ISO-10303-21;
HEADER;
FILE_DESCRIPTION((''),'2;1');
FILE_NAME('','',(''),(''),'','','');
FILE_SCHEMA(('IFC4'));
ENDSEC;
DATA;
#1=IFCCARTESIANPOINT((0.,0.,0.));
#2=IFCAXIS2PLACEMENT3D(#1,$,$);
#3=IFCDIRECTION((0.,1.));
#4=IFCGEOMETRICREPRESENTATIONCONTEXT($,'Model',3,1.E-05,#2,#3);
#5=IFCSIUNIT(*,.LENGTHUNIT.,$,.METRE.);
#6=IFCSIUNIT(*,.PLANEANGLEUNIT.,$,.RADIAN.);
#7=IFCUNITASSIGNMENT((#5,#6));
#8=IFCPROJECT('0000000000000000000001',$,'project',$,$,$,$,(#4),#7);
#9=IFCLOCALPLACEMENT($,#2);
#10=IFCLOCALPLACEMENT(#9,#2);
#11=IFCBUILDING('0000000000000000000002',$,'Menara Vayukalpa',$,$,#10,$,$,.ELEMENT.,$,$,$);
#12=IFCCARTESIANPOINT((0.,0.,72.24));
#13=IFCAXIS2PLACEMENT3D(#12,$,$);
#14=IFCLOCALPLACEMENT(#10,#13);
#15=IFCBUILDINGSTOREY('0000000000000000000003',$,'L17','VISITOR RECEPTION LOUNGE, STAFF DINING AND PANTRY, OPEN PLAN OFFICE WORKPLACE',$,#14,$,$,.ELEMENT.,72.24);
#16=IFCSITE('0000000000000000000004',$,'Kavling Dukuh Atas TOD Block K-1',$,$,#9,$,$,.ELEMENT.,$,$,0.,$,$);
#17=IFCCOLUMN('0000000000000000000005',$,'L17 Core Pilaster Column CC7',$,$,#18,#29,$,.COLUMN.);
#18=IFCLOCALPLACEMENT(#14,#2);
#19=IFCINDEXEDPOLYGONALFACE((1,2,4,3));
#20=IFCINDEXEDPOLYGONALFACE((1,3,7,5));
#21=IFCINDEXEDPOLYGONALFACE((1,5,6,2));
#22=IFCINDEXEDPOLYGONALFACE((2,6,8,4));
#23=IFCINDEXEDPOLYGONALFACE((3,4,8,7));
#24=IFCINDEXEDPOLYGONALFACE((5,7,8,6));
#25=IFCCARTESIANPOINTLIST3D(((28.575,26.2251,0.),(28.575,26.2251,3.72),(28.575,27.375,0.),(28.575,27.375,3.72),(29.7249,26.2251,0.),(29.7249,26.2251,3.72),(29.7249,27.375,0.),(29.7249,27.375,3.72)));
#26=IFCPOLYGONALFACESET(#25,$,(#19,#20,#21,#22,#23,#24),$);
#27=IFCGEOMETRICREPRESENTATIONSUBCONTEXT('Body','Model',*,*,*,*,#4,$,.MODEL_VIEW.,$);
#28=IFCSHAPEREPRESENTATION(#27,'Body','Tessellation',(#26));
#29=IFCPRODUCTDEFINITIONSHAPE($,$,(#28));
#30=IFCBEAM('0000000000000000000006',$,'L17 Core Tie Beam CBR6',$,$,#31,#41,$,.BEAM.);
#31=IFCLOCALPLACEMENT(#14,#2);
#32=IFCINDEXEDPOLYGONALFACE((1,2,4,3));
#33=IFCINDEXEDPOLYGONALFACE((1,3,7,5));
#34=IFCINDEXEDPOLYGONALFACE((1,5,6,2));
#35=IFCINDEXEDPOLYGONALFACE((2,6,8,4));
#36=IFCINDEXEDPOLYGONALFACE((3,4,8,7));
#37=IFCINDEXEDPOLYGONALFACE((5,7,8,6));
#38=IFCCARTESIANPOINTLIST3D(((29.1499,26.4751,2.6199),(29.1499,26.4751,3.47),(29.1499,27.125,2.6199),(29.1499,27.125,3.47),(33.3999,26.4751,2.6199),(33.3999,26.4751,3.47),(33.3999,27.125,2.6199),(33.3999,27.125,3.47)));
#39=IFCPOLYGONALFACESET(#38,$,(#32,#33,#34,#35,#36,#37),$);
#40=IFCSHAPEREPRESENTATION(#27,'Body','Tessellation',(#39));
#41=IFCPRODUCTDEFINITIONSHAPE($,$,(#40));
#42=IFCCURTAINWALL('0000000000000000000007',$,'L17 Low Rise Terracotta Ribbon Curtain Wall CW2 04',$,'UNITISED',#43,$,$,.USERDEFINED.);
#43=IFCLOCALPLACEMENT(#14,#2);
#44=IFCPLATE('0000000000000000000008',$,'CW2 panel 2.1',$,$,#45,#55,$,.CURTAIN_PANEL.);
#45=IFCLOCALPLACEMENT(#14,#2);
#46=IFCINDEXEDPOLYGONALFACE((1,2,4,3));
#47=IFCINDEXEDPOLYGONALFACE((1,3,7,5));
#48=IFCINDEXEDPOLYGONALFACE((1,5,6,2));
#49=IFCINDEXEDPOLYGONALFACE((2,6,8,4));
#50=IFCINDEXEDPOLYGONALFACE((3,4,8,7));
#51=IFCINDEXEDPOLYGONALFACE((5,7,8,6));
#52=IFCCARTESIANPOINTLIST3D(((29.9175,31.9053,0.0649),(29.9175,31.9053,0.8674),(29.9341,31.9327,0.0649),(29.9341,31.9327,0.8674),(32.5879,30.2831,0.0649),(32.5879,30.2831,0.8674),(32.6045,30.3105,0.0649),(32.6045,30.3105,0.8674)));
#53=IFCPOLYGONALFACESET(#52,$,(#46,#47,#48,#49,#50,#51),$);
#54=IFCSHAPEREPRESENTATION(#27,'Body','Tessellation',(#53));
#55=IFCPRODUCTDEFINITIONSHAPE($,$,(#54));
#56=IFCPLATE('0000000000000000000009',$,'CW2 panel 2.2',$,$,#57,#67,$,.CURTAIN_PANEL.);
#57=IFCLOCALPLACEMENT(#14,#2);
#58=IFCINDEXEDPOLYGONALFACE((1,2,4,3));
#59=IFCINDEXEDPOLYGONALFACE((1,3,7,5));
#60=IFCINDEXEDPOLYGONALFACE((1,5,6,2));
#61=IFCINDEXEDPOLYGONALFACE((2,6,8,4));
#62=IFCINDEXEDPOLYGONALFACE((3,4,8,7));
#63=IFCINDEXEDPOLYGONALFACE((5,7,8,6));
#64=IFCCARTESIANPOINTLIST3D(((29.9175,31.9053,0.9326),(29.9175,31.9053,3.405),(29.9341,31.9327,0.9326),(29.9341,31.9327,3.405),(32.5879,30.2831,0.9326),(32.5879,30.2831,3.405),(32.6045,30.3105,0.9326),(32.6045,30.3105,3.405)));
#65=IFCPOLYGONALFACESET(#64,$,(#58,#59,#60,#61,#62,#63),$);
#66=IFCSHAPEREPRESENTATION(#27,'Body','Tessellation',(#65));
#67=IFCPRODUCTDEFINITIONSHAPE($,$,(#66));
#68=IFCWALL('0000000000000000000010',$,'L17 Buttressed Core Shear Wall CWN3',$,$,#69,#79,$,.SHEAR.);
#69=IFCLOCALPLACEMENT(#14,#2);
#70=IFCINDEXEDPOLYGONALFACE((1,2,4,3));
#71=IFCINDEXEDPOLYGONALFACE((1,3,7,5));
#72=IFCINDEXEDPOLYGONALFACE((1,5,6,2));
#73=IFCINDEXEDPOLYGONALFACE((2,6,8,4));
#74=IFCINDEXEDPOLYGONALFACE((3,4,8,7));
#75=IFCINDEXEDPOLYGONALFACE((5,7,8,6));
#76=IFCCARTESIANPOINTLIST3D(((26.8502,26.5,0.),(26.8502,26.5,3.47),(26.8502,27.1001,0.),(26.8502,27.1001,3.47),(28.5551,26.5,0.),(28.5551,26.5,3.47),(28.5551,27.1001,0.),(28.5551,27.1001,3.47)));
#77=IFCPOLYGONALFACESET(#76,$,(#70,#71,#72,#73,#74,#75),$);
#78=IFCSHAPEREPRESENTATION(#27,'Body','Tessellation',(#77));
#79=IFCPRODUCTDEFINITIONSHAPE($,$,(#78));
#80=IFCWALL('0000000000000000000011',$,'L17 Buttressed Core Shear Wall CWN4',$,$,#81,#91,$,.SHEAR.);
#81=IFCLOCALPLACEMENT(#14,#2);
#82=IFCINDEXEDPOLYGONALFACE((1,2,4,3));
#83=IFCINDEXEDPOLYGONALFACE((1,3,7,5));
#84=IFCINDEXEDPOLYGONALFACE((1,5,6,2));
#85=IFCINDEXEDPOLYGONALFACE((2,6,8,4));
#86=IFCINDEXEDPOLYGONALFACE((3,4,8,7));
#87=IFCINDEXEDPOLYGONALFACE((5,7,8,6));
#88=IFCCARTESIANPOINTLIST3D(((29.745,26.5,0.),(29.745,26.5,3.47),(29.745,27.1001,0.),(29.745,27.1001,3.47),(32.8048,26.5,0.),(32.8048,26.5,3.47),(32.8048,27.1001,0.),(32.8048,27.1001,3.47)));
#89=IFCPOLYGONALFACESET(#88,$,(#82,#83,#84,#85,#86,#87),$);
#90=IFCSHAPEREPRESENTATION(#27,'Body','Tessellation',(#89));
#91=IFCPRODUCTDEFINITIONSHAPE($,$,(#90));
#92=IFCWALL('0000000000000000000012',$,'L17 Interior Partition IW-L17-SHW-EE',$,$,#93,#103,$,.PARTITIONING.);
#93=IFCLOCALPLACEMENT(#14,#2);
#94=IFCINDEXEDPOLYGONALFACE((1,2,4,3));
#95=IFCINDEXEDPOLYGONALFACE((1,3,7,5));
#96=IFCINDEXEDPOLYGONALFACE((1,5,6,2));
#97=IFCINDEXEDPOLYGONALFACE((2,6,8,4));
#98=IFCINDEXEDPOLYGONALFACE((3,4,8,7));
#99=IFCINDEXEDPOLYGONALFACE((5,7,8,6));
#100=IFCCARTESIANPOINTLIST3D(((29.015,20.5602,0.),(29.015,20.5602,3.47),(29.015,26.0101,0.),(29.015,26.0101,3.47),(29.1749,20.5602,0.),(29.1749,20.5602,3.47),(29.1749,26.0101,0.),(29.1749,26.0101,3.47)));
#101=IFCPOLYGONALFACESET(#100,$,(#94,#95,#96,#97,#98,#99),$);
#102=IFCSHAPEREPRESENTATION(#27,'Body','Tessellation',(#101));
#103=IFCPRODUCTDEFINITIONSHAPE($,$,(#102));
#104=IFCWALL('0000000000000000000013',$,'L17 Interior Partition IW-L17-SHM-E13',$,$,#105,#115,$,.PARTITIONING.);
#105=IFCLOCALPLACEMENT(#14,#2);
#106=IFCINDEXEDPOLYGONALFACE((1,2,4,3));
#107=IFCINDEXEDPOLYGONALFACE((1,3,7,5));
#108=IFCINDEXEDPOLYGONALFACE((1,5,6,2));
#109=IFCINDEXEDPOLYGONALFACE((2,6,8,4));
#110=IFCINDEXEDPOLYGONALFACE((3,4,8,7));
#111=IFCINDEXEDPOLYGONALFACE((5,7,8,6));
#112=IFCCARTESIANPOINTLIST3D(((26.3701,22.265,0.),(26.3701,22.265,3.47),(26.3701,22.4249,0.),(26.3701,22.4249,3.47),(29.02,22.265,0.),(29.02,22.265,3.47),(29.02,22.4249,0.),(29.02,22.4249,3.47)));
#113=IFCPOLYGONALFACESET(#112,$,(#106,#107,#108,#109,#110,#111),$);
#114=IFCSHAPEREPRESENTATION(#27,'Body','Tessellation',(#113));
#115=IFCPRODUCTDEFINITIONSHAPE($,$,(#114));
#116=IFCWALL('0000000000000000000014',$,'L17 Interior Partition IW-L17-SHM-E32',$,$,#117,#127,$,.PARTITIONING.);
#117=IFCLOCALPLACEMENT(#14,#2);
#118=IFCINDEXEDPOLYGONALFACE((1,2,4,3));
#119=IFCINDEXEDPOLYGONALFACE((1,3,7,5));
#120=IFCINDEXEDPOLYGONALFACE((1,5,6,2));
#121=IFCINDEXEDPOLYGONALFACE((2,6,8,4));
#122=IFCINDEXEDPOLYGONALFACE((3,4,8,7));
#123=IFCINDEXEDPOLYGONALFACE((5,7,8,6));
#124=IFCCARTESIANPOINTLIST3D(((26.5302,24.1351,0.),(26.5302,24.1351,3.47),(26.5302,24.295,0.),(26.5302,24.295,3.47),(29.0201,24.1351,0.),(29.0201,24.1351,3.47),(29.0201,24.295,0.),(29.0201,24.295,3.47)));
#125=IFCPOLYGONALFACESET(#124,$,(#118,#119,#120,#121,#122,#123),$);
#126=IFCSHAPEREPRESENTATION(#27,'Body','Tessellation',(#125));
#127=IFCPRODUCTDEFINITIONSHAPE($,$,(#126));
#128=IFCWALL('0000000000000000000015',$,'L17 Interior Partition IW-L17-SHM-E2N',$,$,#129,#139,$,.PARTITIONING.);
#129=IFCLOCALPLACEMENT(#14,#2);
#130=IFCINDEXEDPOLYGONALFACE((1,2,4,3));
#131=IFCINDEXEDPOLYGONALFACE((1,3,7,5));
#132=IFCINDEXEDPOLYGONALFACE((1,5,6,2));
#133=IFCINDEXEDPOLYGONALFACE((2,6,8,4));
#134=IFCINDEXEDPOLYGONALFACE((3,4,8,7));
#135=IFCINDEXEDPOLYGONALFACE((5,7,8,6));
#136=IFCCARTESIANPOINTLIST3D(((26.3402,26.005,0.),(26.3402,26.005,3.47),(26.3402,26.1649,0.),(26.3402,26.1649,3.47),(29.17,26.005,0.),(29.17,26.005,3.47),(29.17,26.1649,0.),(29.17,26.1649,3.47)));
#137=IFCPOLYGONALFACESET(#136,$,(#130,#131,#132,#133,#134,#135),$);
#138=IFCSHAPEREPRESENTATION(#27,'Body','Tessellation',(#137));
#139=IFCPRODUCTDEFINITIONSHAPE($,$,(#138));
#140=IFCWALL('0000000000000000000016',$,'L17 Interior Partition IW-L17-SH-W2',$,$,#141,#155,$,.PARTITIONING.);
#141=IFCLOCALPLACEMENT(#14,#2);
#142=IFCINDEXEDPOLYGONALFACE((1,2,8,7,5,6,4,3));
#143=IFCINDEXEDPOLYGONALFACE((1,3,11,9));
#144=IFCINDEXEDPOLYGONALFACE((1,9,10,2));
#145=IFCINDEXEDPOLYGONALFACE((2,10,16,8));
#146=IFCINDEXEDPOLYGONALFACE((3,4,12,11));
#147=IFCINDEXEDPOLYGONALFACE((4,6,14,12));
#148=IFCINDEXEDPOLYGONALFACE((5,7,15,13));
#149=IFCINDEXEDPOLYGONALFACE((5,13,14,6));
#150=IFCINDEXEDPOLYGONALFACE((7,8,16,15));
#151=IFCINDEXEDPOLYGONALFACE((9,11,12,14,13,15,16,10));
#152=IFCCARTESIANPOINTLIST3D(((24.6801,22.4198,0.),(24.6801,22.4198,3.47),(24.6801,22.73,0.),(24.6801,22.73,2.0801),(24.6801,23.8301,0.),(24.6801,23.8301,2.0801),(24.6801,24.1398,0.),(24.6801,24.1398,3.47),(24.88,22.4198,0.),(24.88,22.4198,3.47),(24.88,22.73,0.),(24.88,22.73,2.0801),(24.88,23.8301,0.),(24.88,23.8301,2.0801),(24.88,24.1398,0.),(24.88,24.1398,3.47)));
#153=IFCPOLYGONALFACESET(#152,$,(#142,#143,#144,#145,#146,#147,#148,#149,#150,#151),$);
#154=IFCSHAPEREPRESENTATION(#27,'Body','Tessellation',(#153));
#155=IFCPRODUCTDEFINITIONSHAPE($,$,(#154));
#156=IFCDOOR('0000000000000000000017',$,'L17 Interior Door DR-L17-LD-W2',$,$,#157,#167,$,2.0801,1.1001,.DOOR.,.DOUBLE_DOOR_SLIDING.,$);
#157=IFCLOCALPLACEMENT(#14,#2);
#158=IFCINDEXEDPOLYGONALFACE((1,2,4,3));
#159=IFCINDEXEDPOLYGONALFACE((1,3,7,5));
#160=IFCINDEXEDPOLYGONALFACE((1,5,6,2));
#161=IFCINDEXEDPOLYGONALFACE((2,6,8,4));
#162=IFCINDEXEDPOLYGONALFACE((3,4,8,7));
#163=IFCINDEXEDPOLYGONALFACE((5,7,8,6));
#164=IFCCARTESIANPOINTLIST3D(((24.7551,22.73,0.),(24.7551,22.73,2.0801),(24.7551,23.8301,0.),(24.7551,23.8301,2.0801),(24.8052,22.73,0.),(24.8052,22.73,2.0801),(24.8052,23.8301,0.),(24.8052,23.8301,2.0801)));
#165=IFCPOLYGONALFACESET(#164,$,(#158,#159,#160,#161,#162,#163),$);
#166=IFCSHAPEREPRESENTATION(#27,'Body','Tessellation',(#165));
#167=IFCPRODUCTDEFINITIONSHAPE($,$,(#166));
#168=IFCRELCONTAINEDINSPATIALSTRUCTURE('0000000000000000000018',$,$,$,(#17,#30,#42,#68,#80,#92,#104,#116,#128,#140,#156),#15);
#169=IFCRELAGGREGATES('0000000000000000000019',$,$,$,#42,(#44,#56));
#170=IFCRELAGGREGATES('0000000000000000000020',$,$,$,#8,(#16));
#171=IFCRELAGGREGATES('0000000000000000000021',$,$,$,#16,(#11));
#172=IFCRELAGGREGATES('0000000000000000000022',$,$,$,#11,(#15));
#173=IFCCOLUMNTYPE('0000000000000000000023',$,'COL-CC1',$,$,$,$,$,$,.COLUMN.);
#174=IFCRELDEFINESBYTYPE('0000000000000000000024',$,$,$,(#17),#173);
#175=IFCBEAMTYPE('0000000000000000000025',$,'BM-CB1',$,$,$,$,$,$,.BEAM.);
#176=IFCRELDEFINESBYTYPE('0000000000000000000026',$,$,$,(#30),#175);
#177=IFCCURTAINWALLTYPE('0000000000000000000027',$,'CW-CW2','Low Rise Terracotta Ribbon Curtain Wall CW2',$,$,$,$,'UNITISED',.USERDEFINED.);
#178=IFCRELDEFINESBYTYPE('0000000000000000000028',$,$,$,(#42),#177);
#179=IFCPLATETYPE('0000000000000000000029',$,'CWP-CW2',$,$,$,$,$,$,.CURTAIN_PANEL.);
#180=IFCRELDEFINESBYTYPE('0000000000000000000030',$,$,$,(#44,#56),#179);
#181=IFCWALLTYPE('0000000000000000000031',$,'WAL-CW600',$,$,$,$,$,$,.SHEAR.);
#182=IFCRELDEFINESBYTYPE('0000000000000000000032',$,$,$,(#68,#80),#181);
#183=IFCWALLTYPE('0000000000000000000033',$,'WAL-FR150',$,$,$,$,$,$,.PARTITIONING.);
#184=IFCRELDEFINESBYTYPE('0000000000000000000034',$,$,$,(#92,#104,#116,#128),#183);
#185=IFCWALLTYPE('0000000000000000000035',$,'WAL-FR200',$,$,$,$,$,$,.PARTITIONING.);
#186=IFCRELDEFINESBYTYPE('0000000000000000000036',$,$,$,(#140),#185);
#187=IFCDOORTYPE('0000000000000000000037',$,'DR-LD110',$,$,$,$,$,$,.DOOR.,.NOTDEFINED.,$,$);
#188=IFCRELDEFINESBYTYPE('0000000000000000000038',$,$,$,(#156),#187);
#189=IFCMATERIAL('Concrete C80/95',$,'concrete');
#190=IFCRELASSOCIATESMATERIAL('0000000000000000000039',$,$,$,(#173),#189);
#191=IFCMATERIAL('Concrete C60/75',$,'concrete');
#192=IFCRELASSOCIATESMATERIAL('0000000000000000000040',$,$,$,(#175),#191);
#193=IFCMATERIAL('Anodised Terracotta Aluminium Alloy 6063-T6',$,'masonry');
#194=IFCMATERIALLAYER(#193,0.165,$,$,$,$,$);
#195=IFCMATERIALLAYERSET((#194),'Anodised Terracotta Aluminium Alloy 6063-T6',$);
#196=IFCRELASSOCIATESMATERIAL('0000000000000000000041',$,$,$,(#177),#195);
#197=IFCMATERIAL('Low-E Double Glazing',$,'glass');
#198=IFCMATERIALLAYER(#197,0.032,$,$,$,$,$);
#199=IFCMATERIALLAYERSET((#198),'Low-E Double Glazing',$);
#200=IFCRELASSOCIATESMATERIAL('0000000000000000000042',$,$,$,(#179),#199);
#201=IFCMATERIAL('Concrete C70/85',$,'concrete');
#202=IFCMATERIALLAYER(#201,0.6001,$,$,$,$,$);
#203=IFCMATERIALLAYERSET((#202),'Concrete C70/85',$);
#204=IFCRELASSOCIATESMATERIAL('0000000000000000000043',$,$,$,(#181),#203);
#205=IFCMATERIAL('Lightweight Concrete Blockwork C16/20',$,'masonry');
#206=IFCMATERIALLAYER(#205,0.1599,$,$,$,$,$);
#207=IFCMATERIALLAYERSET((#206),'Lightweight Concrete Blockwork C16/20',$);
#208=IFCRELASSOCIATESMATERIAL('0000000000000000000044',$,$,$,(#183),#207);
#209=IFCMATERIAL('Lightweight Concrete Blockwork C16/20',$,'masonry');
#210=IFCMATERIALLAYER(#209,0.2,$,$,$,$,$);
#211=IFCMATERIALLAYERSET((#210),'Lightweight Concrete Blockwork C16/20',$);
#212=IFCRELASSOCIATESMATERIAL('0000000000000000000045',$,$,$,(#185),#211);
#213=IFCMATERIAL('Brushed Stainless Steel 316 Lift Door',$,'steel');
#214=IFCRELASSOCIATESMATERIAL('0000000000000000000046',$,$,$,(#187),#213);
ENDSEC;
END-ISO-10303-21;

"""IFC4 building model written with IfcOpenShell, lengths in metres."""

from ifc_helpers import new_model, si_unit, direction, frame, frame_2d, origin, origin_2d, place, context, subcontext, project, spatial, rectangle, extrude, material, layer, layer_set, material_profile, profile_set, type_object, element, fill, aggregate, save


model = new_model("IFC4")

# Units and contexts
model_context = context("Model", 3, precision=1e-05, world=origin(), true_north=direction((0.0, 1.0)))
body_context = subcontext(model_context, "Body", "Model", "MODEL_VIEW")
ifc_project = project(units=[si_unit("LENGTHUNIT", "METRE"), si_unit("PLANEANGLEUNIT", "RADIAN")], contexts=[model_context])

# Site, building, storey
site_placement = place(None, origin())
site = spatial("IfcSite", under=ifc_project, at=site_placement, Name="Kavling Dukuh Atas TOD Block K-1", CompositionType="ELEMENT", RefElevation=0.0)
building_placement = place(site_placement, origin())
building = spatial("IfcBuilding", under=site, at=building_placement, Name="Menara Vayukalpa", CompositionType="ELEMENT")
storey_placement = place(building_placement, frame((0.0, 0.0, 72.24)))
storey = spatial("IfcBuildingStorey", under=building, at=storey_placement, Name="L17", Description="VISITOR RECEPTION LOUNGE, STAFF DINING AND PANTRY, OPEN PLAN OFFICE WORKPLACE", CompositionType="ELEMENT", Elevation=72.24)

# Column
ifc_material_1 = material(Name="Concrete C80/95", Category="concrete")
ifc_material_profile_1 = material_profile(ifc_material_1, rectangle(XDim=1.1499, YDim=1.1499, at=origin_2d()), Name="RC 1150x1150")
ifc_profile_set_1 = profile_set([ifc_material_profile_1], Name="Concrete C80/95")
column_type = type_object("IfcColumnType", Name="COL-CC1", PredefinedType="COLUMN", material=ifc_profile_set_1)
column_placement = place(storey_placement, frame((29.1499, 26.8, 0.0), z_axis=(0.0, 0.0, 1.0), x_axis=(1.0, 0.0, 0.0)))
element("IfcColumn", 1, at=column_placement, inside=storey, type_object=column_type, Name="L17 Core Pilaster Column CC7", PredefinedType="COLUMN", context=body_context, shape_type="SweptSolid", body=[
    extrude(rectangle(XDim=1.1499, YDim=1.1499, at=origin_2d()), origin(), (0.0, 0.0, 1.0), 3.72),
])

# Beam
ifc_material_2 = material(Name="Concrete C60/75", Category="concrete")
ifc_material_profile_2 = material_profile(ifc_material_2, rectangle(XDim=0.6499, YDim=0.8501, at=origin_2d()), Name="RC 650x850")
ifc_profile_set_2 = profile_set([ifc_material_profile_2], Name="Concrete C60/75")
beam_type = type_object("IfcBeamType", Name="BM-CB1", PredefinedType="BEAM", material=ifc_profile_set_2)
beam_placement = place(storey_placement, frame((29.1499, 26.8, 3.0449), z_axis=(1.0, 0.0, 0.0), x_axis=(0.0, 1.0, 0.0)))
element("IfcBeam", 2, at=beam_placement, inside=storey, type_object=beam_type, Name="L17 Core Tie Beam CBR6", PredefinedType="BEAM", context=body_context, shape_type="SweptSolid", body=[
    extrude(rectangle(XDim=0.6499, YDim=0.8501, at=origin_2d()), origin(), (0.0, 0.0, 1.0), 4.25),
])

# Curtain wall, plates
ifc_material_3 = material(Name="Anodised Terracotta Aluminium Alloy 6063-T6", Category="masonry")
ifc_layer_1 = layer(ifc_material_3, 0.165)
ifc_layer_set_1 = layer_set([ifc_layer_1], Name="Anodised Terracotta Aluminium Alloy 6063-T6")
curtain_wall_type = type_object("IfcCurtainWallType", Name="CW-CW2", Description="Low Rise Terracotta Ribbon Curtain Wall CW2", ElementType="UNITISED", PredefinedType="USERDEFINED", material=ifc_layer_set_1)
curtain_wall_placement = place(storey_placement, origin())
curtain_wall = element("IfcCurtainWall", 3, at=curtain_wall_placement, inside=storey, type_object=curtain_wall_type, Name="L17 Low Rise Terracotta Ribbon Curtain Wall CW2 04", ObjectType="UNITISED", PredefinedType="USERDEFINED")
ifc_material_4 = material(Name="Low-E Double Glazing", Category="glass")
ifc_layer_2 = layer(ifc_material_4, 0.032)
ifc_layer_set_2 = layer_set([ifc_layer_2], Name="Low-E Double Glazing")
plate_type = type_object("IfcPlateType", Name="CWP-CW2", PredefinedType="CURTAIN_PANEL", material=ifc_layer_set_2)
plate_1_placement = place(storey_placement, frame((31.261, 31.1079, 0.0649), z_axis=(0.0, 0.0, 1.0), x_axis=(-0.854663, 0.519183, 0.0)))
plate_1 = element("IfcPlate", 4, at=plate_1_placement, type_object=plate_type, Name="CW2 panel 2.1", PredefinedType="CURTAIN_PANEL", context=body_context, shape_type="SweptSolid", body=[
    extrude(rectangle(XDim=3.1245, YDim=0.032, at=origin_2d()), origin(), (0.0, 0.0, 1.0), 0.8025),
])
plate_2_placement = place(storey_placement, frame((31.261, 31.1079, 0.9326), z_axis=(0.0, 0.0, 1.0), x_axis=(-0.854663, 0.519183, 0.0)))
plate_2 = element("IfcPlate", 5, at=plate_2_placement, type_object=plate_type, Name="CW2 panel 2.2", PredefinedType="CURTAIN_PANEL", context=body_context, shape_type="SweptSolid", body=[
    extrude(rectangle(XDim=3.1245, YDim=0.032, at=origin_2d()), origin(), (0.0, 0.0, 1.0), 2.4724),
])
aggregate(curtain_wall, [plate_1, plate_2])

# Walls
ifc_material_5 = material(Name="Concrete C70/85", Category="concrete")
ifc_layer_3 = layer(ifc_material_5, 0.6001)
ifc_layer_set_3 = layer_set([ifc_layer_3], Name="Concrete C70/85")
wall_type_1 = type_object("IfcWallType", Name="WAL-CW600", PredefinedType="SHEAR", material=ifc_layer_set_3)
wall_1_placement = place(storey_placement, frame((26.8501, 26.8, 0.0), z_axis=(0.0, 0.0, 1.0), x_axis=(1.0, 0.0, 0.0)))
element("IfcWall", 6, at=wall_1_placement, inside=storey, type_object=wall_type_1, Name="L17 Buttressed Core Shear Wall CWN3", PredefinedType="SHEAR", context=body_context, shape_type="SweptSolid", body=[
    extrude(rectangle(XDim=1.7048, YDim=0.6001, at=frame_2d((0.8525, 0.0))), origin(), (0.0, 0.0, 1.0), 3.47),
])
wall_2_placement = place(storey_placement, frame((29.7451, 26.8, 0.0), z_axis=(0.0, 0.0, 1.0), x_axis=(1.0, 0.0, 0.0)))
element("IfcWall", 7, at=wall_2_placement, inside=storey, type_object=wall_type_1, Name="L17 Buttressed Core Shear Wall CWN4", PredefinedType="SHEAR", context=body_context, shape_type="SweptSolid", body=[
    extrude(rectangle(XDim=3.0598, YDim=0.6001, at=frame_2d((1.5298, 0.0))), origin(), (0.0, 0.0, 1.0), 3.47),
])
ifc_material_6 = material(Name="Lightweight Concrete Blockwork C16/20", Category="masonry")
ifc_layer_4 = layer(ifc_material_6, 0.1599)
ifc_layer_set_4 = layer_set([ifc_layer_4], Name="Lightweight Concrete Blockwork C16/20")
wall_type_2 = type_object("IfcWallType", Name="WAL-FR150", PredefinedType="PARTITIONING", material=ifc_layer_set_4)
wall_3_placement = place(storey_placement, frame((29.095, 20.5601, 0.0), z_axis=(0.0, 0.0, 1.0), x_axis=(0.0, 1.0, 0.0)))
element("IfcWall", 8, at=wall_3_placement, inside=storey, type_object=wall_type_2, Name="L17 Interior Partition IW-L17-SHW-EE", PredefinedType="PARTITIONING", context=body_context, shape_type="SweptSolid", body=[
    extrude(rectangle(XDim=5.45, YDim=0.1599, at=frame_2d((2.7251, 0.0))), origin(), (0.0, 0.0, 1.0), 3.47),
])
wall_4_placement = place(storey_placement, frame((26.3701, 22.345, 0.0), z_axis=(0.0, 0.0, 1.0), x_axis=(1.0, 0.0, 0.0)))
element("IfcWall", 9, at=wall_4_placement, inside=storey, type_object=wall_type_2, Name="L17 Interior Partition IW-L17-SHM-E13", PredefinedType="PARTITIONING", context=body_context, shape_type="SweptSolid", body=[
    extrude(rectangle(XDim=2.6499, YDim=0.1599, at=frame_2d((1.325, 0.0))), origin(), (0.0, 0.0, 1.0), 3.47),
])
wall_5_placement = place(storey_placement, frame((26.53, 24.2151, 0.0), z_axis=(0.0, 0.0, 1.0), x_axis=(1.0, 0.0, 0.0)))
element("IfcWall", 10, at=wall_5_placement, inside=storey, type_object=wall_type_2, Name="L17 Interior Partition IW-L17-SHM-E32", PredefinedType="PARTITIONING", context=body_context, shape_type="SweptSolid", body=[
    extrude(rectangle(XDim=2.49, YDim=0.1599, at=frame_2d((1.2451, 0.0))), origin(), (0.0, 0.0, 1.0), 3.47),
])
wall_6_placement = place(storey_placement, frame((26.3401, 26.085, 0.0), z_axis=(0.0, 0.0, 1.0), x_axis=(1.0, 0.0, 0.0)))
element("IfcWall", 11, at=wall_6_placement, inside=storey, type_object=wall_type_2, Name="L17 Interior Partition IW-L17-SHM-E2N", PredefinedType="PARTITIONING", context=body_context, shape_type="SweptSolid", body=[
    extrude(rectangle(XDim=2.8298, YDim=0.1599, at=frame_2d((1.415, 0.0))), origin(), (0.0, 0.0, 1.0), 3.47),
])

# Wall, opening, door
ifc_material_7 = material(Name="Lightweight Concrete Blockwork C16/20", Category="masonry")
ifc_layer_5 = layer(ifc_material_7, 0.2)
ifc_layer_set_5 = layer_set([ifc_layer_5], Name="Lightweight Concrete Blockwork C16/20")
wall_type_3 = type_object("IfcWallType", Name="WAL-FR200", PredefinedType="PARTITIONING", material=ifc_layer_set_5)
wall_7_placement = place(storey_placement, frame((24.78, 22.4199, 0.0), z_axis=(0.0, 0.0, 1.0), x_axis=(0.0, 1.0, 0.0)))
wall_7 = element("IfcWall", 12, at=wall_7_placement, inside=storey, type_object=wall_type_3, Name="L17 Interior Partition IW-L17-SH-W2", PredefinedType="PARTITIONING", context=body_context, shape_type="SweptSolid", body=[
    extrude(rectangle(XDim=1.72, YDim=0.2, at=frame_2d((0.8599, 0.0))), origin(), (0.0, 0.0, 1.0), 3.47),
])
opening_1_placement = place(wall_7_placement, frame((0.3101, 0.0, 0.0)))
opening_1 = element("IfcOpeningElement", 13, at=opening_1_placement, cuts=wall_7, PredefinedType="OPENING", context=body_context, shape_type="SweptSolid", body=[
    extrude(rectangle(XDim=1.1001, YDim=2.0801, at=frame_2d((0.55, 1.04))), frame((0.0, 0.1099, 0.0), z_axis=(0.0, -1.0, 0.0), x_axis=(1.0, 0.0, 0.0)), (0.0, 0.0, 1.0), 0.22),
])
ifc_material_8 = material(Name="Brushed Stainless Steel 316 Lift Door", Category="steel")
door_type = type_object("IfcDoorType", Name="DR-LD110", OperationType="NOTDEFINED", PredefinedType="DOOR", material=ifc_material_8)
door_1_placement = place(opening_1_placement, origin())
door_1 = element("IfcDoor", 14, at=door_1_placement, inside=storey, type_object=door_type, Name="L17 Interior Door DR-L17-LD-W2", OperationType="DOUBLE_DOOR_SLIDING", OverallHeight=2.0801, OverallWidth=1.1001, PredefinedType="DOOR", context=body_context, shape_type="SweptSolid", body=[
    extrude(rectangle(XDim=1.1001, YDim=2.0801, at=frame_2d((0.55, 1.04))), frame((0.0, 0.0249, 0.0), z_axis=(0.0, -1.0, 0.0), x_axis=(1.0, 0.0, 0.0)), (0.0, 0.0, 1.0), 0.05),
])
fill(opening_1, door_1)

save(model, "model.ifc")
